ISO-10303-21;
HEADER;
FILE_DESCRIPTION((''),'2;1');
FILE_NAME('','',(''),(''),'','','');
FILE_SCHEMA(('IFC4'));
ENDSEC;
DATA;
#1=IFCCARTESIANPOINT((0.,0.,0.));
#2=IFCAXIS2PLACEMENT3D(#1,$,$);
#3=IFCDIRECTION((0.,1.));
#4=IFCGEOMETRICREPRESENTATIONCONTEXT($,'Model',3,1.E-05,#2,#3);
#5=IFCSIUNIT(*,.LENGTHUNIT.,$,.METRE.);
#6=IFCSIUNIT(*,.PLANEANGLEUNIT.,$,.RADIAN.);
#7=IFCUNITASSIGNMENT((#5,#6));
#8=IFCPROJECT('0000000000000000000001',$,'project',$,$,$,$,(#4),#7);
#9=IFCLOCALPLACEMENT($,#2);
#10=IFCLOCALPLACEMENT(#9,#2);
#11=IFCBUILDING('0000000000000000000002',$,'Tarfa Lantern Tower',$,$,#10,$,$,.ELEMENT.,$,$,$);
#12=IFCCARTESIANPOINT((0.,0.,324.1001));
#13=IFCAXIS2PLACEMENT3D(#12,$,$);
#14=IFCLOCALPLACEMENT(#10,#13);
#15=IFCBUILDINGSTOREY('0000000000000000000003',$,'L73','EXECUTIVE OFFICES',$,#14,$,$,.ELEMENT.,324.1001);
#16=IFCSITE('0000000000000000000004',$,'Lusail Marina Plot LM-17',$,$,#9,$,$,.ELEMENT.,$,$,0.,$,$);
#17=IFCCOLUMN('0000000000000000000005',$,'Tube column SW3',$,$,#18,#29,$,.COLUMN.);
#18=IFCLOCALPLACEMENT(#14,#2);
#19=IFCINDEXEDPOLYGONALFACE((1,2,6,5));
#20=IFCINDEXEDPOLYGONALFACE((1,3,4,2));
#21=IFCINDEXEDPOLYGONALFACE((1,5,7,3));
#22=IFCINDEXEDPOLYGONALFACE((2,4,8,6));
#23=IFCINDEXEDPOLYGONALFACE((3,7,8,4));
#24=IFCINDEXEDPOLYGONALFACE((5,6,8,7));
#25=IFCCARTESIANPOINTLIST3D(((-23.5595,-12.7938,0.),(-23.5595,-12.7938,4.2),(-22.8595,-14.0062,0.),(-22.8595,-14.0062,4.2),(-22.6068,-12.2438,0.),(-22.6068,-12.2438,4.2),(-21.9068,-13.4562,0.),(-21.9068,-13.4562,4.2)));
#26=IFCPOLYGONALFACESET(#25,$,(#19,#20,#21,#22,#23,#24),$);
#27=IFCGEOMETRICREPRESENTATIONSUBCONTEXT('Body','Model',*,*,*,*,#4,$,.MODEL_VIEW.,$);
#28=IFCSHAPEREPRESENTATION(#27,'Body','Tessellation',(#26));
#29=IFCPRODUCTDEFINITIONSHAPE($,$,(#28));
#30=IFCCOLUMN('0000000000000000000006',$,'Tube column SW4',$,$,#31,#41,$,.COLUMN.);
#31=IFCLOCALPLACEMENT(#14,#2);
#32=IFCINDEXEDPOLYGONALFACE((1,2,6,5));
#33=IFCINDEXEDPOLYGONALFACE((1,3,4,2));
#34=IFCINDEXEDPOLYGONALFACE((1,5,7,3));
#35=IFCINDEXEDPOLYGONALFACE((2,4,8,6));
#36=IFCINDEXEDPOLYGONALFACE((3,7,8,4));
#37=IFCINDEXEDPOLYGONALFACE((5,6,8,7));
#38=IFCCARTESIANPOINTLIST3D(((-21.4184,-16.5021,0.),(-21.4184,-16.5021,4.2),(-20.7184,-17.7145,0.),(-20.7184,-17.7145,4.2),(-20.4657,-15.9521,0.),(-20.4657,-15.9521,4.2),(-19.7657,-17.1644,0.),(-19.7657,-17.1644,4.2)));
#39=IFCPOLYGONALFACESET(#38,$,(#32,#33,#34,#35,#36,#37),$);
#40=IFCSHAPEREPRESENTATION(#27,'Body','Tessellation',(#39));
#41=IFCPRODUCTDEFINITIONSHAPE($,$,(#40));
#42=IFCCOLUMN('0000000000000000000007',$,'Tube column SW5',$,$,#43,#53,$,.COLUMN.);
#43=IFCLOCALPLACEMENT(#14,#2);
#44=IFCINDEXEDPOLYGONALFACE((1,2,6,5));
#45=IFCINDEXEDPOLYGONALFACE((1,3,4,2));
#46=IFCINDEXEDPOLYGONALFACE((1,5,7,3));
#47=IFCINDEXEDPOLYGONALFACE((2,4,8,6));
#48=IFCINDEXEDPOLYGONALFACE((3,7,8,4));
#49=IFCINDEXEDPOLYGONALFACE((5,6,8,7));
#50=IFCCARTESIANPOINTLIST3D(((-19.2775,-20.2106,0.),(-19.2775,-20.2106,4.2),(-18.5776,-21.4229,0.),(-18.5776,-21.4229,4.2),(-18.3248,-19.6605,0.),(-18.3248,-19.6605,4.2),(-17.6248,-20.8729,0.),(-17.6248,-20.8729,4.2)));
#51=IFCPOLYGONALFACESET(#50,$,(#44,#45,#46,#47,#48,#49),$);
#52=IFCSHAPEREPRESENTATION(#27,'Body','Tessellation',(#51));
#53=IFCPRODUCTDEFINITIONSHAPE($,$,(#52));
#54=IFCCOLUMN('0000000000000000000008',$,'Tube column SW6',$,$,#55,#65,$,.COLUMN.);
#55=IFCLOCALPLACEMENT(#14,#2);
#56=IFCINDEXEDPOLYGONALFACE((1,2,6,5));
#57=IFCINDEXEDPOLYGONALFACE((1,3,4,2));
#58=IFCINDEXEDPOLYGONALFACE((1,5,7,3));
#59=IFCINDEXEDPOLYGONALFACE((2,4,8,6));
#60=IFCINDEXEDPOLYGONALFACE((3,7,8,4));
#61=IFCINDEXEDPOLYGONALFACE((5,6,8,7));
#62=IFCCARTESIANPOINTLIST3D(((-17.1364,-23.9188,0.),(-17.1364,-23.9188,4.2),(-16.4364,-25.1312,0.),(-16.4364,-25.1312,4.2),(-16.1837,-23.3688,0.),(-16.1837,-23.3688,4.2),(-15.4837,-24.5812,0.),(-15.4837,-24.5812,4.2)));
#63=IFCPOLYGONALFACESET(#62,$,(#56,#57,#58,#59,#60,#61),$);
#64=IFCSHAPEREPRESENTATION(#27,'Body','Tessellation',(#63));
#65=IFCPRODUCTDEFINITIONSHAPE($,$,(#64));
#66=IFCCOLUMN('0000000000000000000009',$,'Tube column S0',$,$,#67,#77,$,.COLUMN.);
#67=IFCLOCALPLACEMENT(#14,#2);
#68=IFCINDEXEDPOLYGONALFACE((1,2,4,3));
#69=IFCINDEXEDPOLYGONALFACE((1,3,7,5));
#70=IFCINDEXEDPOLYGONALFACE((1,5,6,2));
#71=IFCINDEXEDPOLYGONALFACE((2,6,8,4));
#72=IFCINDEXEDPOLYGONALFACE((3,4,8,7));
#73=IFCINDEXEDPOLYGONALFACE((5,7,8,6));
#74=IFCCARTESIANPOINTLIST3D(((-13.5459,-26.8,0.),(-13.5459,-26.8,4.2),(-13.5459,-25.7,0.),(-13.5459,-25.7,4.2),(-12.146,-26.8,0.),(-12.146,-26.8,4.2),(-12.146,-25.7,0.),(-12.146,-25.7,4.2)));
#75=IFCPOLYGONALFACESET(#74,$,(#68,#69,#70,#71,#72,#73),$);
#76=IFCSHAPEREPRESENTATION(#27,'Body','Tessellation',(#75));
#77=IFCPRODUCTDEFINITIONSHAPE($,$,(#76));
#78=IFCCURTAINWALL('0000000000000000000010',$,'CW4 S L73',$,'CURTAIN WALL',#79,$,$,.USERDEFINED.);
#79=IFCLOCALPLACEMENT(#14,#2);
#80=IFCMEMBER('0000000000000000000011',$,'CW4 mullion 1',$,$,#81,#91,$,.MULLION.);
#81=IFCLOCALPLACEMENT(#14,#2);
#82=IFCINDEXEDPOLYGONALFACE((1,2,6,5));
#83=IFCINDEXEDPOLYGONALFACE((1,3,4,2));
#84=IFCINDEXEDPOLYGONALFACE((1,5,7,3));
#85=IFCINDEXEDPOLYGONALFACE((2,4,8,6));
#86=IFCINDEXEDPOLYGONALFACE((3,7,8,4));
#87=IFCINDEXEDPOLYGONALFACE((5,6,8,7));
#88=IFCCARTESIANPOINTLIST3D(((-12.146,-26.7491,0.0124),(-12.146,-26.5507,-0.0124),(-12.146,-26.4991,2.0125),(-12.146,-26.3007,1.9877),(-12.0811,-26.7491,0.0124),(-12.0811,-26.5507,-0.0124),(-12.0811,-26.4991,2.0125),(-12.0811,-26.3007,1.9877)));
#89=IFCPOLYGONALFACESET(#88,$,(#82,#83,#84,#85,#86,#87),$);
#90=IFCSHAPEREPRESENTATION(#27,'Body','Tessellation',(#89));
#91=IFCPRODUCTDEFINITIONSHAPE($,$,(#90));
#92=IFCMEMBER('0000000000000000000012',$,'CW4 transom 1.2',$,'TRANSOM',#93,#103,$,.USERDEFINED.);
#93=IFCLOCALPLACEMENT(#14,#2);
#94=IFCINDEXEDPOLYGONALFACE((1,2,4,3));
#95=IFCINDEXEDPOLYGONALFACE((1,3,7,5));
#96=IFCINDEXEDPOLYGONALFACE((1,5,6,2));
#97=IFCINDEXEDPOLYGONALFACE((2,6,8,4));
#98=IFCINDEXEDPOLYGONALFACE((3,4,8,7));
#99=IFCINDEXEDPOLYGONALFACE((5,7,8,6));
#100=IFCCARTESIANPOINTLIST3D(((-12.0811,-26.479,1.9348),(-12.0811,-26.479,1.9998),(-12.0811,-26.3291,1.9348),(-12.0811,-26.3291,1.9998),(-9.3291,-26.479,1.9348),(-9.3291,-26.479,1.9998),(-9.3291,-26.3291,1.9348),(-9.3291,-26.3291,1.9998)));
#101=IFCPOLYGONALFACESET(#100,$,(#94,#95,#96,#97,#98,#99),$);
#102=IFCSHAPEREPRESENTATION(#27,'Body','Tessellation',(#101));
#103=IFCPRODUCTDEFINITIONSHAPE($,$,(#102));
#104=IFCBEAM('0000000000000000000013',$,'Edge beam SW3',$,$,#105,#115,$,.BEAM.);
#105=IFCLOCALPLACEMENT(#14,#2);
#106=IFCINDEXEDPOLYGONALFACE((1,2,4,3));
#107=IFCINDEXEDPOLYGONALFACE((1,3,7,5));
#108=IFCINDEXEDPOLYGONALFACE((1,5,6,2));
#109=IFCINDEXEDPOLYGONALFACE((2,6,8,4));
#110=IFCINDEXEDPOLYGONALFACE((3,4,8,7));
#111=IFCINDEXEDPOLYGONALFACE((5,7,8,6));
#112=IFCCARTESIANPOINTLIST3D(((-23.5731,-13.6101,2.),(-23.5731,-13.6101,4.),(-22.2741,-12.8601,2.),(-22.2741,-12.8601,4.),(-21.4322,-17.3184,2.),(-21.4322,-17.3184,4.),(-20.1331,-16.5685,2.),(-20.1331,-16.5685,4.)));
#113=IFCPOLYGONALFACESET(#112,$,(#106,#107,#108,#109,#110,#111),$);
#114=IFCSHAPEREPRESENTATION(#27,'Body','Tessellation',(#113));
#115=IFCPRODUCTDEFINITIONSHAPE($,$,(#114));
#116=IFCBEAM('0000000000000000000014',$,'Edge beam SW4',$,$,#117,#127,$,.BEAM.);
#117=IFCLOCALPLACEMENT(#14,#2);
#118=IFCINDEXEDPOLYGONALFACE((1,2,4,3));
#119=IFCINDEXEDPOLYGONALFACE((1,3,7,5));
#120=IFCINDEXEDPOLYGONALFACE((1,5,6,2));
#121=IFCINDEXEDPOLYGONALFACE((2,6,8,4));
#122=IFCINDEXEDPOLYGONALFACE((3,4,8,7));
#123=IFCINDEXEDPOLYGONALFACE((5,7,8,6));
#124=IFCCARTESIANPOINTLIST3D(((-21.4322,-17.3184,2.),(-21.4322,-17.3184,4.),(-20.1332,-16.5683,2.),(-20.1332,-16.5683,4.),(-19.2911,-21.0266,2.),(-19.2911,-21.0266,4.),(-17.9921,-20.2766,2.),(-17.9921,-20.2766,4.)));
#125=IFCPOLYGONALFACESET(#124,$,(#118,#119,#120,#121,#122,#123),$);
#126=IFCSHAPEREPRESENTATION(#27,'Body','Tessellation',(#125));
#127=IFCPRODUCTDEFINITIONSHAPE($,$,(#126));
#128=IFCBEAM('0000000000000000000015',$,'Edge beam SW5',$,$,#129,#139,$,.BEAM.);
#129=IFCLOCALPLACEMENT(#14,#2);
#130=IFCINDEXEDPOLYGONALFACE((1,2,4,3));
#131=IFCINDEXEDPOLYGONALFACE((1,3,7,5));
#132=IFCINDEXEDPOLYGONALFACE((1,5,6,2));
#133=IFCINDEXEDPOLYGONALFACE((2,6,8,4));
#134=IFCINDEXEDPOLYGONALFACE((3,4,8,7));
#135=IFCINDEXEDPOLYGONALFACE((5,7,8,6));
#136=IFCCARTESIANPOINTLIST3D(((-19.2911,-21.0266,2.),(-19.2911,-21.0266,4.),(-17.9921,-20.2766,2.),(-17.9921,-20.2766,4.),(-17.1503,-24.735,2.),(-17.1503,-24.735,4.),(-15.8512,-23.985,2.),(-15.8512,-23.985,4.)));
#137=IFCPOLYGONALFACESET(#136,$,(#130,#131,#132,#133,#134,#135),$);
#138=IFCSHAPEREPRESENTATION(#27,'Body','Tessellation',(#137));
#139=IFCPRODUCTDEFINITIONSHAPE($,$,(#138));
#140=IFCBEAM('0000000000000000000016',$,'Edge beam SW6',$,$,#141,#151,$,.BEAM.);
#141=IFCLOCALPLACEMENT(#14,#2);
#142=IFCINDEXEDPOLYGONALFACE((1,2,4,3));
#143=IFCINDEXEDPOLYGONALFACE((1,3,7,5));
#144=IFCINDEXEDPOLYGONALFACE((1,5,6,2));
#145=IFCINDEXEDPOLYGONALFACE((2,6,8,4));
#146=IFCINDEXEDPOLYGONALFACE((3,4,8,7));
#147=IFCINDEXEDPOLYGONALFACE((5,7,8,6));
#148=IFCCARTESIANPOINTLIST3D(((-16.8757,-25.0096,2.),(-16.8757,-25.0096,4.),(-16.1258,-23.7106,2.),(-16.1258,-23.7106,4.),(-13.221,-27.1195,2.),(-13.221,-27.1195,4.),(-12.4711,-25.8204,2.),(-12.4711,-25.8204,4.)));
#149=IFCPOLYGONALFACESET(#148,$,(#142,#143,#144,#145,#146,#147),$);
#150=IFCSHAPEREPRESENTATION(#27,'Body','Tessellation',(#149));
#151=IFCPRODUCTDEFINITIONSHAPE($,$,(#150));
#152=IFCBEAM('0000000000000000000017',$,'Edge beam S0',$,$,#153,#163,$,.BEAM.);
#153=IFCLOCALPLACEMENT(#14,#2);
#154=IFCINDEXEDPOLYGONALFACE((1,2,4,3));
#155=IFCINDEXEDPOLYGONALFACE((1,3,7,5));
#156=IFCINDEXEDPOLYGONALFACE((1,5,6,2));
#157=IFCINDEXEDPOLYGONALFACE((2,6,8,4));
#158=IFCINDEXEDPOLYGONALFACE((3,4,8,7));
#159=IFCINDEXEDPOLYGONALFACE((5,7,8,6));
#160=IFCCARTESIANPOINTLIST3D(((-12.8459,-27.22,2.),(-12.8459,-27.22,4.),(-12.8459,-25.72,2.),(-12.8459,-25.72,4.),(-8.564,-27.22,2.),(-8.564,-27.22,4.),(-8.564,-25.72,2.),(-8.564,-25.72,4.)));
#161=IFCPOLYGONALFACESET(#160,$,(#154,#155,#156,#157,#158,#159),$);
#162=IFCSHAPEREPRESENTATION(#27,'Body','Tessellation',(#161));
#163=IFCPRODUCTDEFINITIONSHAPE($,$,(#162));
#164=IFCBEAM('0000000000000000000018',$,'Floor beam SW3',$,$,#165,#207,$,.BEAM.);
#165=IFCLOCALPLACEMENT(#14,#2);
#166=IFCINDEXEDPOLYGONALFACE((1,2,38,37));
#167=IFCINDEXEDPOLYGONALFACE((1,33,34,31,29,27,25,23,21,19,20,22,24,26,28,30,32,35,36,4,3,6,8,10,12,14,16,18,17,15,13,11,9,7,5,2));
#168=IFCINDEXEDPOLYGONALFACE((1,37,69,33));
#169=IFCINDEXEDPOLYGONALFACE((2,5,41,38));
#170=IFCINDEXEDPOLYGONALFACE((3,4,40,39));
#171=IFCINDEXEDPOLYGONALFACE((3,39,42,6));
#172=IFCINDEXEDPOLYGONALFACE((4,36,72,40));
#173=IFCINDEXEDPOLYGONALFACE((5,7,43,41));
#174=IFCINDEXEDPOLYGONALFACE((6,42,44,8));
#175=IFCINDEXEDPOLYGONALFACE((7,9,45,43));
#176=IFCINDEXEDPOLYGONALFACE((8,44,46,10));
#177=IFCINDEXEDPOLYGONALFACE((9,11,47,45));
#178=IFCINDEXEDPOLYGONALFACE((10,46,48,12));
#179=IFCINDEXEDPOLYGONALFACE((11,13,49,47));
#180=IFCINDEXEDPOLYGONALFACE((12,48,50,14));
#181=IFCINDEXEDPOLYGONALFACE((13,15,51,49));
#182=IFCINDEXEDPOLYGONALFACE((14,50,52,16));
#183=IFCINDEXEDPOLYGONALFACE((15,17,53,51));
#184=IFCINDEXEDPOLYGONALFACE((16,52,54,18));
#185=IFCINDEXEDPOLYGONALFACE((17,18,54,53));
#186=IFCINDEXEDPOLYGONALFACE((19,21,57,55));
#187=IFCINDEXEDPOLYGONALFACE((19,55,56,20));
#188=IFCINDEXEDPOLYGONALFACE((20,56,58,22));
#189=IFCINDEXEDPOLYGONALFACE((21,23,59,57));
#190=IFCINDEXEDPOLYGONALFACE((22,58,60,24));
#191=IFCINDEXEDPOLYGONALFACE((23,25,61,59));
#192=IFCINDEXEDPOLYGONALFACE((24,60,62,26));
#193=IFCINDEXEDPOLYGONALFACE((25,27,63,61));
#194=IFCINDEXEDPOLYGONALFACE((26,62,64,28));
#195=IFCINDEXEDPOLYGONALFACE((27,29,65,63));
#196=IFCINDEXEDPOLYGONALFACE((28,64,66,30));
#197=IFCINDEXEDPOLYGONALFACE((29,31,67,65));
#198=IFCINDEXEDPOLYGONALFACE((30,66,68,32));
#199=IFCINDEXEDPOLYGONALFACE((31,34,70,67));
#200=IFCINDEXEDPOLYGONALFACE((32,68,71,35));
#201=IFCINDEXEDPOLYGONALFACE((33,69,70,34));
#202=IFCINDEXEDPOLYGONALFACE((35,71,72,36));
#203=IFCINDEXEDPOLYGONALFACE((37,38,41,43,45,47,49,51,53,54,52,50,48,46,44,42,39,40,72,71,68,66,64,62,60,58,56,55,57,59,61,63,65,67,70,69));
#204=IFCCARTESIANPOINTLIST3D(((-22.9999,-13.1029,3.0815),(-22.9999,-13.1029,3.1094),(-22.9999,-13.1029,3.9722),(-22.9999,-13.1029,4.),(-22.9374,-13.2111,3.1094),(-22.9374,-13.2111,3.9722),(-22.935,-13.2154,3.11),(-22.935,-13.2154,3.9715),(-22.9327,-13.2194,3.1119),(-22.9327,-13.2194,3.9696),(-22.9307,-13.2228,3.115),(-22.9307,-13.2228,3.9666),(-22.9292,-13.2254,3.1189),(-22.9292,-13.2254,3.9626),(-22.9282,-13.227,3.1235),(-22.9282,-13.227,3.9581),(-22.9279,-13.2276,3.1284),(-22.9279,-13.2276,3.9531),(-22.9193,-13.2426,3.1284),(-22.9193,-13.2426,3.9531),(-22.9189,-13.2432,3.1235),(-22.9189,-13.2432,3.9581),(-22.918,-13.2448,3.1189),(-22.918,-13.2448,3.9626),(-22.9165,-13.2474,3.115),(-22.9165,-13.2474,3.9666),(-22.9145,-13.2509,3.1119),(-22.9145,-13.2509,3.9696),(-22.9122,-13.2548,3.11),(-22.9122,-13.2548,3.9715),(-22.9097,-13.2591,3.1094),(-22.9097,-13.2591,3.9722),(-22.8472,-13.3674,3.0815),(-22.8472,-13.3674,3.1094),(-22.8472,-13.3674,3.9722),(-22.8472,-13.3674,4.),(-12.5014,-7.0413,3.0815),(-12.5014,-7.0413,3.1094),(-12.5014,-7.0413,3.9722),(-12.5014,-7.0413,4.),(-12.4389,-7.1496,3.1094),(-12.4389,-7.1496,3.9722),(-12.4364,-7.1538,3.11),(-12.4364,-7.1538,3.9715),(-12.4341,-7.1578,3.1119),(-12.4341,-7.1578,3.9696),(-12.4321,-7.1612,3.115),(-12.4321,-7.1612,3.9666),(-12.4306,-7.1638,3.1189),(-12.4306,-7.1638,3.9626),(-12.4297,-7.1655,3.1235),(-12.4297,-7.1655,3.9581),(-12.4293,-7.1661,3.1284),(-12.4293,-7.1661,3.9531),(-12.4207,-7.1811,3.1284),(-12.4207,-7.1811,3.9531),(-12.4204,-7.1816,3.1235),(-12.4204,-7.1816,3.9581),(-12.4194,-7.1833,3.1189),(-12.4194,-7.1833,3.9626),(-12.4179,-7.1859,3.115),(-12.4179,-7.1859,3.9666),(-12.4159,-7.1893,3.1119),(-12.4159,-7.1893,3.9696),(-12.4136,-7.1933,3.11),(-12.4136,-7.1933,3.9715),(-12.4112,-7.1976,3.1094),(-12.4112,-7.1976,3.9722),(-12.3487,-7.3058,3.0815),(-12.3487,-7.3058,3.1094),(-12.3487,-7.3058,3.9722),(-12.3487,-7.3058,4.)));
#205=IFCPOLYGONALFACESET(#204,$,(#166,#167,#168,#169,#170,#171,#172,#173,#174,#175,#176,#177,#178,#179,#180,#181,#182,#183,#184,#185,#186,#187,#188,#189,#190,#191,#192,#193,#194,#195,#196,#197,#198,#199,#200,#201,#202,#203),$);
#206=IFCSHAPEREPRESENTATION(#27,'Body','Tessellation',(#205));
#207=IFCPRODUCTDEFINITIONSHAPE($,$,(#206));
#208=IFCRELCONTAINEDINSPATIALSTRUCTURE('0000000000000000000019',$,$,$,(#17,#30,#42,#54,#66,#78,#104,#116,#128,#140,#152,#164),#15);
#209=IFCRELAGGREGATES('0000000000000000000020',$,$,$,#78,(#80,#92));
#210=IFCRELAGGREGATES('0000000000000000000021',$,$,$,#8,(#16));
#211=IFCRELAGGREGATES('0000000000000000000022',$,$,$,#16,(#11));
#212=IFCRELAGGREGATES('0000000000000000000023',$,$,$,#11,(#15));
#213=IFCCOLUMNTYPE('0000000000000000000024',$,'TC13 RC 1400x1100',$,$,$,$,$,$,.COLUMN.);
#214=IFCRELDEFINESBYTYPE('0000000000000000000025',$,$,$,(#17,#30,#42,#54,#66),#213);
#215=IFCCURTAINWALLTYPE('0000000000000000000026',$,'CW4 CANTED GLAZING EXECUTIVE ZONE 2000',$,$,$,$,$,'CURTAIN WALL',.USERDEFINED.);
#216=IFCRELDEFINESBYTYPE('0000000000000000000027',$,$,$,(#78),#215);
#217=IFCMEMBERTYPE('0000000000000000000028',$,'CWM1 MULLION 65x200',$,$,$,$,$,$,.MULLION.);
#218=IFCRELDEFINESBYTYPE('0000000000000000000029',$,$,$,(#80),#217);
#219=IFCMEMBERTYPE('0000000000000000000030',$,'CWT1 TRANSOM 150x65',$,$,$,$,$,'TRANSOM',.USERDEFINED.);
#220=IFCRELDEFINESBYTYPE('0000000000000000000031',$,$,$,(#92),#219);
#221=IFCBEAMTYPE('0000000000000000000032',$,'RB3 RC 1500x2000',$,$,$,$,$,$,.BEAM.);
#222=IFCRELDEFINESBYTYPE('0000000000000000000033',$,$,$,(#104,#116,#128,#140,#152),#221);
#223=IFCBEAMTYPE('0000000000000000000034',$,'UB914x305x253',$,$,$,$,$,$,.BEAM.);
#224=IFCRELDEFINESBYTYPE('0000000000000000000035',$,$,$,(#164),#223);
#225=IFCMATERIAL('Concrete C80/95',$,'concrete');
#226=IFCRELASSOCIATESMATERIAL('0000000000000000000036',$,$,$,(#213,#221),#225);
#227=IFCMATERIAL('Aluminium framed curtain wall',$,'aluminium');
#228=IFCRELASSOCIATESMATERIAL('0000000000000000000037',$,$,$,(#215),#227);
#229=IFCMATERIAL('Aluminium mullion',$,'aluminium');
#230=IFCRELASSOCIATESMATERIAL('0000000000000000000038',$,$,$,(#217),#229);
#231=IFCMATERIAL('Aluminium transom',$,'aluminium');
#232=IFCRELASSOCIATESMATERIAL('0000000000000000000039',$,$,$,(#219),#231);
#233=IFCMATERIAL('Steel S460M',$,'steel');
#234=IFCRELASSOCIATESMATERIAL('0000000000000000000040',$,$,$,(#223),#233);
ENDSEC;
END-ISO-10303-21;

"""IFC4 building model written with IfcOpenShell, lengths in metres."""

from ifc_helpers import new_model, si_unit, direction, frame, origin, origin_2d, place, context, subcontext, project, spatial, rectangle, i_section, extrude, material, material_profile, profile_set, type_object, element, aggregate, save


model = new_model("IFC4")

# Units and contexts
model_context = context("Model", 3, precision=1e-05, world=origin(), true_north=direction((0.0, 1.0)))
body_context = subcontext(model_context, "Body", "Model", "MODEL_VIEW")
ifc_project = project(units=[si_unit("LENGTHUNIT", "METRE"), si_unit("PLANEANGLEUNIT", "RADIAN")], contexts=[model_context])

# Site, building, storey
site_placement = place(None, origin())
site = spatial("IfcSite", under=ifc_project, at=site_placement, Name="Lusail Marina Plot LM-17", CompositionType="ELEMENT", RefElevation=0.0)
building_placement = place(site_placement, origin())
building = spatial("IfcBuilding", under=site, at=building_placement, Name="Tarfa Lantern Tower", CompositionType="ELEMENT")
storey_placement = place(building_placement, frame((0.0, 0.0, 324.1001)))
storey = spatial("IfcBuildingStorey", under=building, at=storey_placement, Name="L73", Description="EXECUTIVE OFFICES", CompositionType="ELEMENT", Elevation=324.1001)

# Columns
ifc_material_1 = material(Name="Concrete C80/95", Category="concrete")
ifc_material_profile_1 = material_profile(ifc_material_1, rectangle(XDim=1.3999, YDim=1.1001, at=origin_2d()), Name="RC 1400x1100")
ifc_profile_set_1 = profile_set([ifc_material_profile_1], Name="Concrete C80/95")
column_type = type_object("IfcColumnType", Name="TC13 RC 1400x1100", PredefinedType="COLUMN", material=ifc_profile_set_1)
for number, where, z_axis, x_axis, name in (
    (1, (-22.7332, -13.125, 0.0), (0.0, 0.0, 1.0), (0.5, -0.866025, 0.0), "Tube column SW3"),
    (2, (-20.592, -16.8333, 0.0), (0.0, 0.0, 1.0), (0.5, -0.866025, 0.0), "Tube column SW4"),
    (3, (-18.4512, -20.5417, 0.0), (0.0, 0.0, 1.0), (0.5, -0.866025, 0.0), "Tube column SW5"),
    (4, (-16.3101, -24.25, 0.0), (0.0, 0.0, 1.0), (0.5, -0.866025, 0.0), "Tube column SW6"),
    (5, (-12.8459, -26.25, 0.0), (0.0, 0.0, 1.0), (1.0, 0.0, 0.0), "Tube column S0"),
):
    element("IfcColumn", number, at=place(storey_placement, frame(where, z_axis=z_axis, x_axis=x_axis)), inside=storey, type_object=column_type, Name=name, PredefinedType="COLUMN", context=body_context, shape_type="SweptSolid", body=[
        extrude(rectangle(XDim=1.3999, YDim=1.1001, at=origin_2d()), origin(), (0.0, 0.0, 1.0), 4.2),
    ])

# Curtain wall, members
ifc_material_2 = material(Name="Aluminium framed curtain wall", Category="aluminium")
curtain_wall_type = type_object("IfcCurtainWallType", Name="CW4 CANTED GLAZING EXECUTIVE ZONE 2000", ElementType="CURTAIN WALL", PredefinedType="USERDEFINED", material=ifc_material_2)
curtain_wall_placement = place(storey_placement, origin())
curtain_wall = element("IfcCurtainWall", 6, at=curtain_wall_placement, inside=storey, type_object=curtain_wall_type, Name="CW4 S L73", ObjectType="CURTAIN WALL", PredefinedType="USERDEFINED")
ifc_material_3 = material(Name="Aluminium mullion", Category="aluminium")
ifc_material_profile_2 = material_profile(ifc_material_3, rectangle(XDim=0.0649, YDim=0.2, at=origin_2d()), Name="AL MULLION 65x200")
ifc_profile_set_2 = profile_set([ifc_material_profile_2], Name="Aluminium mullion")
member_type_1 = type_object("IfcMemberType", Name="CWM1 MULLION 65x200", PredefinedType="MULLION", material=ifc_profile_set_2)
member_1_placement = place(storey_placement, frame((-12.1135, -26.6499, 0.0), z_axis=(0.0, 0.124035, 0.992278), x_axis=(-1.0, 0.0, 0.0)))
member_1 = element("IfcMember", 7, at=member_1_placement, type_object=member_type_1, Name="CW4 mullion 1", PredefinedType="MULLION", context=body_context, shape_type="SweptSolid", body=[
    extrude(rectangle(XDim=0.0649, YDim=0.2, at=origin_2d()), origin(), (0.0, 0.0, 1.0), 2.0156),
])
ifc_material_4 = material(Name="Aluminium transom", Category="aluminium")
ifc_material_profile_3 = material_profile(ifc_material_4, rectangle(XDim=0.1499, YDim=0.0649, at=origin_2d()), Name="AL TRANSOM 150x65")
ifc_profile_set_3 = profile_set([ifc_material_profile_3], Name="Aluminium transom")
member_type_2 = type_object("IfcMemberType", Name="CWT1 TRANSOM 150x65", ElementType="TRANSOM", PredefinedType="USERDEFINED", material=ifc_profile_set_3)
member_2_placement = place(storey_placement, frame((-12.0811, -26.4041, 1.9673), z_axis=(1.0, 0.0, 0.0), x_axis=(0.0, 1.0, 0.0)))
member_2 = element("IfcMember", 8, at=member_2_placement, type_object=member_type_2, Name="CW4 transom 1.2", ObjectType="TRANSOM", PredefinedType="USERDEFINED", context=body_context, shape_type="SweptSolid", body=[
    extrude(rectangle(XDim=0.1499, YDim=0.0649, at=origin_2d()), origin(), (0.0, 0.0, 1.0), 2.752),
])

# Beams
ifc_material_profile_4 = material_profile(ifc_material_1, rectangle(XDim=1.5, YDim=2.0, at=origin_2d()), Name="RC 1500x2000")
ifc_profile_set_4 = profile_set([ifc_material_profile_4], Name="Concrete C80/95")
beam_type_1 = type_object("IfcBeamType", Name="RB3 RC 1500x2000", PredefinedType="BEAM", material=ifc_profile_set_4)
for number, where, z_axis, x_axis, name in (
    (9, (-22.9236, -13.2351, 3.0), (0.499984, -0.866035, 0.0), (0.866035, 0.499984, 0.0), "Edge beam SW3"),
    (10, (-20.7827, -16.9434, 3.0), (0.500027, -0.86601, 0.0), (0.86601, 0.500027, 0.0), "Edge beam SW4"),
    (11, (-18.6416, -20.6516, 3.0), (0.499959, -0.866049, 0.0), (0.866049, 0.499959, 0.0), "Edge beam SW5"),
):
    element("IfcBeam", number, at=place(storey_placement, frame(where, z_axis=z_axis, x_axis=x_axis)), inside=storey, type_object=beam_type_1, Name=name, PredefinedType="BEAM", context=body_context, shape_type="SweptSolid", body=[
        extrude(rectangle(XDim=1.5, YDim=2.0, at=origin_2d()), origin(), (0.0, 0.0, 1.0), 4.282),
    ])
beam_1_placement = place(storey_placement, frame((-16.5007, -24.3601, 3.0), z_axis=(0.866049, -0.499959, 0.0), x_axis=(0.499959, 0.866049, 0.0)))
element("IfcBeam", 12, at=beam_1_placement, inside=storey, type_object=beam_type_1, Name="Edge beam SW6", PredefinedType="BEAM", context=body_context, shape_type="SweptSolid", body=[
    extrude(rectangle(XDim=1.5, YDim=2.0, at=origin_2d()), origin(), (0.0, 0.0, 1.0), 4.22),
])
beam_2_placement = place(storey_placement, frame((-12.8459, -26.47, 3.0), z_axis=(1.0, 0.0, 0.0), x_axis=(0.0, 1.0, 0.0)))
element("IfcBeam", 13, at=beam_2_placement, inside=storey, type_object=beam_type_1, Name="Edge beam S0", PredefinedType="BEAM", context=body_context, shape_type="SweptSolid", body=[
    extrude(rectangle(XDim=1.5, YDim=2.0, at=origin_2d()), origin(), (0.0, 0.0, 1.0), 4.282),
])
ifc_material_5 = material(Name="Steel S460M", Category="steel")
ifc_material_profile_5 = material_profile(ifc_material_5, i_section(OverallWidth=0.3054, OverallDepth=0.9185, WebThickness=0.0173, FlangeThickness=0.0278, FilletRadius=0.019, at=origin_2d()), Name="UB914x305x253")
ifc_profile_set_5 = profile_set([ifc_material_profile_5], Name="Steel S460M")
beam_type_2 = type_object("IfcBeamType", Name="UB914x305x253", PredefinedType="BEAM", material=ifc_profile_set_5)
beam_3_placement = place(storey_placement, frame((-22.9236, -13.2351, 3.5408), z_axis=(0.866019, 0.500012, 0.0), x_axis=(-0.500012, 0.866019, 0.0)))
element("IfcBeam", 14, at=beam_3_placement, inside=storey, type_object=beam_type_2, Name="Floor beam SW3", PredefinedType="BEAM", context=body_context, shape_type="SweptSolid", body=[
    extrude(i_section(OverallWidth=0.3054, OverallDepth=0.9185, WebThickness=0.0173, FlangeThickness=0.0278, FilletRadius=0.019, at=origin_2d()), origin(), (0.0, 0.0, 1.0), 12.1228),
])

aggregate(curtain_wall, [member_1, member_2])

save(model, "model.ifc")
